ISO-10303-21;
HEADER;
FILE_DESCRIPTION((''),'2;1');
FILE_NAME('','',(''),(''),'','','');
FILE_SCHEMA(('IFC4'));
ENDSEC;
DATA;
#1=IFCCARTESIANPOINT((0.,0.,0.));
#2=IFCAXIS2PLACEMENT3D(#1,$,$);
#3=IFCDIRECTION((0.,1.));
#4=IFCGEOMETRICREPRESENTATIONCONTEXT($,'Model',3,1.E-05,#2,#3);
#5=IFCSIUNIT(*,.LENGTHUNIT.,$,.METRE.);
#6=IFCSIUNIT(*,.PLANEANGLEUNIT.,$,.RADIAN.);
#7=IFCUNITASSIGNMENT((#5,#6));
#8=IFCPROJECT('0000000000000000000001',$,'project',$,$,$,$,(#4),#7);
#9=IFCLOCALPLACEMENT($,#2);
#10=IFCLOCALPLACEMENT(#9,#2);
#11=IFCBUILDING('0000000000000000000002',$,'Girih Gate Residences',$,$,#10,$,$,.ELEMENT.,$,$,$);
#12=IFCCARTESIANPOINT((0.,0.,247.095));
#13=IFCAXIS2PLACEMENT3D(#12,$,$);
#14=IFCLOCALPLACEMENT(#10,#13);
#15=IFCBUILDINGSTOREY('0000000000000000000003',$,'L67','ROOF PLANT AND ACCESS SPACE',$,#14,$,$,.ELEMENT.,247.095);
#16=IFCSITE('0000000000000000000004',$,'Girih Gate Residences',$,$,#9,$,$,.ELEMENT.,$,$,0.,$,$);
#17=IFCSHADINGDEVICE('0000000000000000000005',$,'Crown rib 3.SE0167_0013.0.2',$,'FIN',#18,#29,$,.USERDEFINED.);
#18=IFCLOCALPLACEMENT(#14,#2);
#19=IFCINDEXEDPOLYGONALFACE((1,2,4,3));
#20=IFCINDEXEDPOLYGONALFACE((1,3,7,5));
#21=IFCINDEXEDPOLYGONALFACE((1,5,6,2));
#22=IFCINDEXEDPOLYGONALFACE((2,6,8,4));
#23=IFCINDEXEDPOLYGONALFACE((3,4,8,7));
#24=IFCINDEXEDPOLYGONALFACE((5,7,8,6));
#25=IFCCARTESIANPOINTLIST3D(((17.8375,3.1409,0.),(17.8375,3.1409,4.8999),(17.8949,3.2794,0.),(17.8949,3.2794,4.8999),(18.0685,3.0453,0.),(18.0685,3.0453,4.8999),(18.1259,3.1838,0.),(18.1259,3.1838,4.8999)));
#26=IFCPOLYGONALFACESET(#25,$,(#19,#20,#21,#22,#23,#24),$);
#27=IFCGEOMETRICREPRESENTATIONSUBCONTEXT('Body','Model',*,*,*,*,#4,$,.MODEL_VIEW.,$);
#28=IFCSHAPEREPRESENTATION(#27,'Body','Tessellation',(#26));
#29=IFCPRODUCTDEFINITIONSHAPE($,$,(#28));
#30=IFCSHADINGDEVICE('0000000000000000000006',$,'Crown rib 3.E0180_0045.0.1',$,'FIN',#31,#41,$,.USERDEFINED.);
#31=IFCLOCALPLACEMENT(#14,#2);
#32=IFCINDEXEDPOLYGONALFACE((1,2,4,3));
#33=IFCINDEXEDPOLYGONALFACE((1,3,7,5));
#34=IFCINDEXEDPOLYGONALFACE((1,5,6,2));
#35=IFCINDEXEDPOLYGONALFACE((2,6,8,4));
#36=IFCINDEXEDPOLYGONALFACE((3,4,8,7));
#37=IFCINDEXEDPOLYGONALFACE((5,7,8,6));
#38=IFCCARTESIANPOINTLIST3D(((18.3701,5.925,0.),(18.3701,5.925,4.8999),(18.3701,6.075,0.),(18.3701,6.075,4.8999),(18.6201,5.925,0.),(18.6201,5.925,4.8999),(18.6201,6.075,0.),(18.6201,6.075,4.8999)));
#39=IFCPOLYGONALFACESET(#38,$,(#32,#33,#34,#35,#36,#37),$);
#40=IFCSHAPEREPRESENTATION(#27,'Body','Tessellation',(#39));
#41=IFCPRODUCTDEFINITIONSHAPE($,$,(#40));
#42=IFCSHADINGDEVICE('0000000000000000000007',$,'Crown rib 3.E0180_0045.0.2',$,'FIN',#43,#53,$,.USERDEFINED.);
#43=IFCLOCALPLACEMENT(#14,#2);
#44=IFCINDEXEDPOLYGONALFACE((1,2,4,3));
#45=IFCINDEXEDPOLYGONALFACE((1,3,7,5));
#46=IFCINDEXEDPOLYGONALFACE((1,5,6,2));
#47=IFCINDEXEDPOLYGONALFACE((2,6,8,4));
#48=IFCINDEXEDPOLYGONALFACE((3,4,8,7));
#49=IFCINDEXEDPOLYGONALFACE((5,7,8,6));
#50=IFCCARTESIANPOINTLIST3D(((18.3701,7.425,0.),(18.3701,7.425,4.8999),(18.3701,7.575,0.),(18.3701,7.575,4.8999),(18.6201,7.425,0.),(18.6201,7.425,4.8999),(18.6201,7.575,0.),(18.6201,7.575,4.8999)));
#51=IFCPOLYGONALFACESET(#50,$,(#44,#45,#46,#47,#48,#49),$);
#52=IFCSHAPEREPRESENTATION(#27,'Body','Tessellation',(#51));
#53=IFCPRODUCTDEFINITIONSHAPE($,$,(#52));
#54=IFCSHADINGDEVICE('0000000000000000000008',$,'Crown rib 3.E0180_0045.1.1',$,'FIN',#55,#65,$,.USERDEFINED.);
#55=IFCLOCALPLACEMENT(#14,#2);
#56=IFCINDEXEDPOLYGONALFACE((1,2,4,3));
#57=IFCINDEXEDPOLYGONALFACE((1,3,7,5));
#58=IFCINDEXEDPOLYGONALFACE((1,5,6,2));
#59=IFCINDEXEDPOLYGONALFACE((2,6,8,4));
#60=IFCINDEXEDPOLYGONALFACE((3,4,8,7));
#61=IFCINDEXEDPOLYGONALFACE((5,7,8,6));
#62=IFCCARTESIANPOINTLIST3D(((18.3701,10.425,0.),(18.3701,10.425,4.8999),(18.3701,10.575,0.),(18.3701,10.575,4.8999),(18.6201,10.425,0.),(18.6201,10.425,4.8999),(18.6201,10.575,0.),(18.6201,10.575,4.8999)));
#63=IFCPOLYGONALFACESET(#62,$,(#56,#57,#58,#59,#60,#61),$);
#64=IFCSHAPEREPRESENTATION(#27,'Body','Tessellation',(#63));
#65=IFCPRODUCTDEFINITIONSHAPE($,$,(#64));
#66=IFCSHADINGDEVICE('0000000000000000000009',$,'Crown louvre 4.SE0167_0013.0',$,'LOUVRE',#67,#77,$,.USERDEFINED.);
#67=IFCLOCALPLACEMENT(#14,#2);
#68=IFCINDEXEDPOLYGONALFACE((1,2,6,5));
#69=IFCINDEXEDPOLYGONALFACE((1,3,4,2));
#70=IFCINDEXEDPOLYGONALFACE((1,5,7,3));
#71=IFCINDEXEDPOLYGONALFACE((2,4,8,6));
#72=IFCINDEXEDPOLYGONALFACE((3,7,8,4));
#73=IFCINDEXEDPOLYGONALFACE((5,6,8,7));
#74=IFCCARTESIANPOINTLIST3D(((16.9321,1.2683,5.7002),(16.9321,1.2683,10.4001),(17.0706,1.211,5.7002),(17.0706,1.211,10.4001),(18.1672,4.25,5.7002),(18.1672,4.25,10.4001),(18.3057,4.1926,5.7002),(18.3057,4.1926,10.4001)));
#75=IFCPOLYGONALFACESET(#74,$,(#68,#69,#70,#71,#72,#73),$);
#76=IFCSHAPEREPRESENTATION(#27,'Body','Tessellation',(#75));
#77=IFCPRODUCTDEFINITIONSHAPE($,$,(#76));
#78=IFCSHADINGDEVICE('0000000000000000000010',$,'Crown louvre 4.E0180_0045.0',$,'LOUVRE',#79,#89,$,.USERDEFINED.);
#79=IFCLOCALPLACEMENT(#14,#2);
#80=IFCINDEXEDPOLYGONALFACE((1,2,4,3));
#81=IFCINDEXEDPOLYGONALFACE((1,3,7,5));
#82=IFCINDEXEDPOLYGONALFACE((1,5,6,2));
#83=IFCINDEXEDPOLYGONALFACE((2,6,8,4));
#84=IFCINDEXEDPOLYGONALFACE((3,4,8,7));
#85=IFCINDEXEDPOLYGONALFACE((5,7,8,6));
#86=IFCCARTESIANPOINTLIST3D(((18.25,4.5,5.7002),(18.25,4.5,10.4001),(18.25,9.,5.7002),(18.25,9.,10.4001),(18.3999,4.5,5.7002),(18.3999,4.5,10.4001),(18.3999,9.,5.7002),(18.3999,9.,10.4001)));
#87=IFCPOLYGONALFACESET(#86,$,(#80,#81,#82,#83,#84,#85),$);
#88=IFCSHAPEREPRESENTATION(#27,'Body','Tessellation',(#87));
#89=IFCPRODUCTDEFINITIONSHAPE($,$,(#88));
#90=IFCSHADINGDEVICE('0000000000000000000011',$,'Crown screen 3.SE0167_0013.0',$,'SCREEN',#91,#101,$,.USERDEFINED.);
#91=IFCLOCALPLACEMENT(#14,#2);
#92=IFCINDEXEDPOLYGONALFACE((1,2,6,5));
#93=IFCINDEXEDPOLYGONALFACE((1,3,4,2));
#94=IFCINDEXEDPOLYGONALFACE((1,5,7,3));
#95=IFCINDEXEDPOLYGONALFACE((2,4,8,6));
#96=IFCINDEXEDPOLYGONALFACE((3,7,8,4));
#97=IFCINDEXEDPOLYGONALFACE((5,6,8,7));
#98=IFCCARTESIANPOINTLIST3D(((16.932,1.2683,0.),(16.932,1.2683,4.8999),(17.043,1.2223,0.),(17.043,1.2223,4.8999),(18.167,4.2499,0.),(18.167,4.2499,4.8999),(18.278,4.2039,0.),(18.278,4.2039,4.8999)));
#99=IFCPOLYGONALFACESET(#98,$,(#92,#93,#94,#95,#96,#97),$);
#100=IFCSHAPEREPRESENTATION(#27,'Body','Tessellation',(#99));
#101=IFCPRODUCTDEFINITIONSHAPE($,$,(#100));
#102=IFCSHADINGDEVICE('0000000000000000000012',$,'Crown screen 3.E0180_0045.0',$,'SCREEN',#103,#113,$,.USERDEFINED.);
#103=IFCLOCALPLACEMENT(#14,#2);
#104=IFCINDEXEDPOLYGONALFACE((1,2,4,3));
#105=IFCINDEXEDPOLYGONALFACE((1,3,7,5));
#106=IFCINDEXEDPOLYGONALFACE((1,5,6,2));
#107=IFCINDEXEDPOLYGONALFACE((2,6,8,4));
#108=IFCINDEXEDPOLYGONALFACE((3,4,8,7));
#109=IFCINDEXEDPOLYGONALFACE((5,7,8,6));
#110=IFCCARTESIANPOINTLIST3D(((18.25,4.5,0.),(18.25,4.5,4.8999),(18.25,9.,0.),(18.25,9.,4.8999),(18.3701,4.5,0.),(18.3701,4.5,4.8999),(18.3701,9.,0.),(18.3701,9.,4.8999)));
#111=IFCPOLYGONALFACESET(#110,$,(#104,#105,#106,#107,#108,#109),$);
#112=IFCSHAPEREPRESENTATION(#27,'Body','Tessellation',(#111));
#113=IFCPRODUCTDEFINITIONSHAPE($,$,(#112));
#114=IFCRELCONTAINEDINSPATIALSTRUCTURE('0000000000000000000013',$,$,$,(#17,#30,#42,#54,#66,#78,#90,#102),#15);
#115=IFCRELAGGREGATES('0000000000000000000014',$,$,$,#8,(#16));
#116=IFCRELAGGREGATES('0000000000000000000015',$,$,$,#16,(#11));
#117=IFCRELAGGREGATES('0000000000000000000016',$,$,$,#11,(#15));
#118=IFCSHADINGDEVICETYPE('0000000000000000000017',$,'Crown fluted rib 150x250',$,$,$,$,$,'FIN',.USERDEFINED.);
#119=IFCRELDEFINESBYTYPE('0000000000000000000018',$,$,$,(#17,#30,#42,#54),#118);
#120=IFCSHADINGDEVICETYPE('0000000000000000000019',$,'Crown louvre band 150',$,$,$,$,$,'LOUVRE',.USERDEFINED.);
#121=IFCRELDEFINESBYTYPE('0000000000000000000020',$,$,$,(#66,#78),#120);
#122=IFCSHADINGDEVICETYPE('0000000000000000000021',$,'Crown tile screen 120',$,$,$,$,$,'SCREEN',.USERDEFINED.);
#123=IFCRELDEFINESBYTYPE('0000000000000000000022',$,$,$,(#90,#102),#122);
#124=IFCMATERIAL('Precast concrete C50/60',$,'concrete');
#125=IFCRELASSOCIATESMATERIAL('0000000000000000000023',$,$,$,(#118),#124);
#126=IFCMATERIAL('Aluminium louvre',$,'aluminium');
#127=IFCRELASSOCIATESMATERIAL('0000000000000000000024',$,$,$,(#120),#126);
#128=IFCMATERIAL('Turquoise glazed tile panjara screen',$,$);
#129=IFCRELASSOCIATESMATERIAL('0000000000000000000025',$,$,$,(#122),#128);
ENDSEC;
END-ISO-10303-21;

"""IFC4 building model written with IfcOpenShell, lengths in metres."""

from ifc_helpers import new_model, si_unit, direction, frame, origin, origin_2d, place, context, subcontext, project, spatial, rectangle, extrude, material, type_object, element, save


model = new_model("IFC4")

# Units and contexts
model_context = context("Model", 3, precision=1e-05, world=origin(), true_north=direction((0.0, 1.0)))
body_context = subcontext(model_context, "Body", "Model", "MODEL_VIEW")
ifc_project = project(units=[si_unit("LENGTHUNIT", "METRE"), si_unit("PLANEANGLEUNIT", "RADIAN")], contexts=[model_context])

# Site, building, storey
site_placement = place(None, origin())
site = spatial("IfcSite", under=ifc_project, at=site_placement, Name="Girih Gate Residences", CompositionType="ELEMENT", RefElevation=0.0)
building_placement = place(site_placement, origin())
building = spatial("IfcBuilding", under=site, at=building_placement, Name="Girih Gate Residences", CompositionType="ELEMENT")
storey_placement = place(building_placement, frame((0.0, 0.0, 247.095)))
storey = spatial("IfcBuildingStorey", under=building, at=storey_placement, Name="L67", Description="ROOF PLANT AND ACCESS SPACE", CompositionType="ELEMENT", Elevation=247.095)

# Shading devices
ifc_material_1 = material(Name="Precast concrete C50/60", Category="concrete")
shading_device_type_1 = type_object("IfcShadingDeviceType", Name="Crown fluted rib 150x250", ElementType="FIN", PredefinedType="USERDEFINED", material=ifc_material_1)
for number, where, z_axis, x_axis, name in (
    (1, (17.9817, 3.1624, 0.0), (0.0, 0.0, 1.0), (0.382683, 0.92388, 0.0), "Crown rib 3.SE0167_0013.0.2"),
    (2, (18.4951, 6.0, 0.0), (0.0, 0.0, 1.0), (0.0, 1.0, 0.0), "Crown rib 3.E0180_0045.0.1"),
    (3, (18.4951, 7.5, 0.0), (0.0, 0.0, 1.0), (0.0, 1.0, 0.0), "Crown rib 3.E0180_0045.0.2"),
    (4, (18.4951, 10.5, 0.0), (0.0, 0.0, 1.0), (0.0, 1.0, 0.0), "Crown rib 3.E0180_0045.1.1"),
):
    element("IfcShadingDevice", number, at=place(storey_placement, frame(where, z_axis=z_axis, x_axis=x_axis)), inside=storey, type_object=shading_device_type_1, Name=name, ObjectType="FIN", PredefinedType="USERDEFINED", context=body_context, shape_type="SweptSolid", body=[
        extrude(rectangle(XDim=0.1499, YDim=0.25, at=origin_2d()), origin(), (0.0, 0.0, 1.0), 4.8999),
    ])
ifc_material_2 = material(Name="Aluminium louvre", Category="aluminium")
shading_device_type_2 = type_object("IfcShadingDeviceType", Name="Crown louvre band 150", ElementType="LOUVRE", PredefinedType="USERDEFINED", material=ifc_material_2)
shading_device_1_placement = place(storey_placement, frame((17.6189, 2.7305, 5.7002), z_axis=(0.0, 0.0, 1.0), x_axis=(0.382683, 0.92388, 0.0)))
element("IfcShadingDevice", 5, at=shading_device_1_placement, inside=storey, type_object=shading_device_type_2, Name="Crown louvre 4.SE0167_0013.0", ObjectType="LOUVRE", PredefinedType="USERDEFINED", context=body_context, shape_type="SweptSolid", body=[
    extrude(rectangle(XDim=3.2273, YDim=0.1499, at=origin_2d()), origin(), (0.0, 0.0, 1.0), 4.7),
])
shading_device_2_placement = place(storey_placement, frame((18.325, 6.75, 5.7002), z_axis=(0.0, 0.0, 1.0), x_axis=(0.0, 1.0, 0.0)))
element("IfcShadingDevice", 6, at=shading_device_2_placement, inside=storey, type_object=shading_device_type_2, Name="Crown louvre 4.E0180_0045.0", ObjectType="LOUVRE", PredefinedType="USERDEFINED", context=body_context, shape_type="SweptSolid", body=[
    extrude(rectangle(XDim=4.5, YDim=0.1499, at=origin_2d()), origin(), (0.0, 0.0, 1.0), 4.7),
])
ifc_material_3 = material(Name="Turquoise glazed tile panjara screen")
shading_device_type_3 = type_object("IfcShadingDeviceType", Name="Crown tile screen 120", ElementType="SCREEN", PredefinedType="USERDEFINED", material=ifc_material_3)
shading_device_3_placement = place(storey_placement, frame((17.605, 2.7361, 0.0), z_axis=(0.0, 0.0, 1.0), x_axis=(0.382683, 0.92388, 0.0)))
element("IfcShadingDevice", 7, at=shading_device_3_placement, inside=storey, type_object=shading_device_type_3, Name="Crown screen 3.SE0167_0013.0", ObjectType="SCREEN", PredefinedType="USERDEFINED", context=body_context, shape_type="SweptSolid", body=[
    extrude(rectangle(XDim=3.2273, YDim=0.1201, at=origin_2d()), origin(), (0.0, 0.0, 1.0), 4.8999),
])
shading_device_4_placement = place(storey_placement, frame((18.3101, 6.75, 0.0), z_axis=(0.0, 0.0, 1.0), x_axis=(0.0, 1.0, 0.0)))
element("IfcShadingDevice", 8, at=shading_device_4_placement, inside=storey, type_object=shading_device_type_3, Name="Crown screen 3.E0180_0045.0", ObjectType="SCREEN", PredefinedType="USERDEFINED", context=body_context, shape_type="SweptSolid", body=[
    extrude(rectangle(XDim=4.5, YDim=0.1201, at=origin_2d()), origin(), (0.0, 0.0, 1.0), 4.8999),
])

save(model, "model.ifc")
